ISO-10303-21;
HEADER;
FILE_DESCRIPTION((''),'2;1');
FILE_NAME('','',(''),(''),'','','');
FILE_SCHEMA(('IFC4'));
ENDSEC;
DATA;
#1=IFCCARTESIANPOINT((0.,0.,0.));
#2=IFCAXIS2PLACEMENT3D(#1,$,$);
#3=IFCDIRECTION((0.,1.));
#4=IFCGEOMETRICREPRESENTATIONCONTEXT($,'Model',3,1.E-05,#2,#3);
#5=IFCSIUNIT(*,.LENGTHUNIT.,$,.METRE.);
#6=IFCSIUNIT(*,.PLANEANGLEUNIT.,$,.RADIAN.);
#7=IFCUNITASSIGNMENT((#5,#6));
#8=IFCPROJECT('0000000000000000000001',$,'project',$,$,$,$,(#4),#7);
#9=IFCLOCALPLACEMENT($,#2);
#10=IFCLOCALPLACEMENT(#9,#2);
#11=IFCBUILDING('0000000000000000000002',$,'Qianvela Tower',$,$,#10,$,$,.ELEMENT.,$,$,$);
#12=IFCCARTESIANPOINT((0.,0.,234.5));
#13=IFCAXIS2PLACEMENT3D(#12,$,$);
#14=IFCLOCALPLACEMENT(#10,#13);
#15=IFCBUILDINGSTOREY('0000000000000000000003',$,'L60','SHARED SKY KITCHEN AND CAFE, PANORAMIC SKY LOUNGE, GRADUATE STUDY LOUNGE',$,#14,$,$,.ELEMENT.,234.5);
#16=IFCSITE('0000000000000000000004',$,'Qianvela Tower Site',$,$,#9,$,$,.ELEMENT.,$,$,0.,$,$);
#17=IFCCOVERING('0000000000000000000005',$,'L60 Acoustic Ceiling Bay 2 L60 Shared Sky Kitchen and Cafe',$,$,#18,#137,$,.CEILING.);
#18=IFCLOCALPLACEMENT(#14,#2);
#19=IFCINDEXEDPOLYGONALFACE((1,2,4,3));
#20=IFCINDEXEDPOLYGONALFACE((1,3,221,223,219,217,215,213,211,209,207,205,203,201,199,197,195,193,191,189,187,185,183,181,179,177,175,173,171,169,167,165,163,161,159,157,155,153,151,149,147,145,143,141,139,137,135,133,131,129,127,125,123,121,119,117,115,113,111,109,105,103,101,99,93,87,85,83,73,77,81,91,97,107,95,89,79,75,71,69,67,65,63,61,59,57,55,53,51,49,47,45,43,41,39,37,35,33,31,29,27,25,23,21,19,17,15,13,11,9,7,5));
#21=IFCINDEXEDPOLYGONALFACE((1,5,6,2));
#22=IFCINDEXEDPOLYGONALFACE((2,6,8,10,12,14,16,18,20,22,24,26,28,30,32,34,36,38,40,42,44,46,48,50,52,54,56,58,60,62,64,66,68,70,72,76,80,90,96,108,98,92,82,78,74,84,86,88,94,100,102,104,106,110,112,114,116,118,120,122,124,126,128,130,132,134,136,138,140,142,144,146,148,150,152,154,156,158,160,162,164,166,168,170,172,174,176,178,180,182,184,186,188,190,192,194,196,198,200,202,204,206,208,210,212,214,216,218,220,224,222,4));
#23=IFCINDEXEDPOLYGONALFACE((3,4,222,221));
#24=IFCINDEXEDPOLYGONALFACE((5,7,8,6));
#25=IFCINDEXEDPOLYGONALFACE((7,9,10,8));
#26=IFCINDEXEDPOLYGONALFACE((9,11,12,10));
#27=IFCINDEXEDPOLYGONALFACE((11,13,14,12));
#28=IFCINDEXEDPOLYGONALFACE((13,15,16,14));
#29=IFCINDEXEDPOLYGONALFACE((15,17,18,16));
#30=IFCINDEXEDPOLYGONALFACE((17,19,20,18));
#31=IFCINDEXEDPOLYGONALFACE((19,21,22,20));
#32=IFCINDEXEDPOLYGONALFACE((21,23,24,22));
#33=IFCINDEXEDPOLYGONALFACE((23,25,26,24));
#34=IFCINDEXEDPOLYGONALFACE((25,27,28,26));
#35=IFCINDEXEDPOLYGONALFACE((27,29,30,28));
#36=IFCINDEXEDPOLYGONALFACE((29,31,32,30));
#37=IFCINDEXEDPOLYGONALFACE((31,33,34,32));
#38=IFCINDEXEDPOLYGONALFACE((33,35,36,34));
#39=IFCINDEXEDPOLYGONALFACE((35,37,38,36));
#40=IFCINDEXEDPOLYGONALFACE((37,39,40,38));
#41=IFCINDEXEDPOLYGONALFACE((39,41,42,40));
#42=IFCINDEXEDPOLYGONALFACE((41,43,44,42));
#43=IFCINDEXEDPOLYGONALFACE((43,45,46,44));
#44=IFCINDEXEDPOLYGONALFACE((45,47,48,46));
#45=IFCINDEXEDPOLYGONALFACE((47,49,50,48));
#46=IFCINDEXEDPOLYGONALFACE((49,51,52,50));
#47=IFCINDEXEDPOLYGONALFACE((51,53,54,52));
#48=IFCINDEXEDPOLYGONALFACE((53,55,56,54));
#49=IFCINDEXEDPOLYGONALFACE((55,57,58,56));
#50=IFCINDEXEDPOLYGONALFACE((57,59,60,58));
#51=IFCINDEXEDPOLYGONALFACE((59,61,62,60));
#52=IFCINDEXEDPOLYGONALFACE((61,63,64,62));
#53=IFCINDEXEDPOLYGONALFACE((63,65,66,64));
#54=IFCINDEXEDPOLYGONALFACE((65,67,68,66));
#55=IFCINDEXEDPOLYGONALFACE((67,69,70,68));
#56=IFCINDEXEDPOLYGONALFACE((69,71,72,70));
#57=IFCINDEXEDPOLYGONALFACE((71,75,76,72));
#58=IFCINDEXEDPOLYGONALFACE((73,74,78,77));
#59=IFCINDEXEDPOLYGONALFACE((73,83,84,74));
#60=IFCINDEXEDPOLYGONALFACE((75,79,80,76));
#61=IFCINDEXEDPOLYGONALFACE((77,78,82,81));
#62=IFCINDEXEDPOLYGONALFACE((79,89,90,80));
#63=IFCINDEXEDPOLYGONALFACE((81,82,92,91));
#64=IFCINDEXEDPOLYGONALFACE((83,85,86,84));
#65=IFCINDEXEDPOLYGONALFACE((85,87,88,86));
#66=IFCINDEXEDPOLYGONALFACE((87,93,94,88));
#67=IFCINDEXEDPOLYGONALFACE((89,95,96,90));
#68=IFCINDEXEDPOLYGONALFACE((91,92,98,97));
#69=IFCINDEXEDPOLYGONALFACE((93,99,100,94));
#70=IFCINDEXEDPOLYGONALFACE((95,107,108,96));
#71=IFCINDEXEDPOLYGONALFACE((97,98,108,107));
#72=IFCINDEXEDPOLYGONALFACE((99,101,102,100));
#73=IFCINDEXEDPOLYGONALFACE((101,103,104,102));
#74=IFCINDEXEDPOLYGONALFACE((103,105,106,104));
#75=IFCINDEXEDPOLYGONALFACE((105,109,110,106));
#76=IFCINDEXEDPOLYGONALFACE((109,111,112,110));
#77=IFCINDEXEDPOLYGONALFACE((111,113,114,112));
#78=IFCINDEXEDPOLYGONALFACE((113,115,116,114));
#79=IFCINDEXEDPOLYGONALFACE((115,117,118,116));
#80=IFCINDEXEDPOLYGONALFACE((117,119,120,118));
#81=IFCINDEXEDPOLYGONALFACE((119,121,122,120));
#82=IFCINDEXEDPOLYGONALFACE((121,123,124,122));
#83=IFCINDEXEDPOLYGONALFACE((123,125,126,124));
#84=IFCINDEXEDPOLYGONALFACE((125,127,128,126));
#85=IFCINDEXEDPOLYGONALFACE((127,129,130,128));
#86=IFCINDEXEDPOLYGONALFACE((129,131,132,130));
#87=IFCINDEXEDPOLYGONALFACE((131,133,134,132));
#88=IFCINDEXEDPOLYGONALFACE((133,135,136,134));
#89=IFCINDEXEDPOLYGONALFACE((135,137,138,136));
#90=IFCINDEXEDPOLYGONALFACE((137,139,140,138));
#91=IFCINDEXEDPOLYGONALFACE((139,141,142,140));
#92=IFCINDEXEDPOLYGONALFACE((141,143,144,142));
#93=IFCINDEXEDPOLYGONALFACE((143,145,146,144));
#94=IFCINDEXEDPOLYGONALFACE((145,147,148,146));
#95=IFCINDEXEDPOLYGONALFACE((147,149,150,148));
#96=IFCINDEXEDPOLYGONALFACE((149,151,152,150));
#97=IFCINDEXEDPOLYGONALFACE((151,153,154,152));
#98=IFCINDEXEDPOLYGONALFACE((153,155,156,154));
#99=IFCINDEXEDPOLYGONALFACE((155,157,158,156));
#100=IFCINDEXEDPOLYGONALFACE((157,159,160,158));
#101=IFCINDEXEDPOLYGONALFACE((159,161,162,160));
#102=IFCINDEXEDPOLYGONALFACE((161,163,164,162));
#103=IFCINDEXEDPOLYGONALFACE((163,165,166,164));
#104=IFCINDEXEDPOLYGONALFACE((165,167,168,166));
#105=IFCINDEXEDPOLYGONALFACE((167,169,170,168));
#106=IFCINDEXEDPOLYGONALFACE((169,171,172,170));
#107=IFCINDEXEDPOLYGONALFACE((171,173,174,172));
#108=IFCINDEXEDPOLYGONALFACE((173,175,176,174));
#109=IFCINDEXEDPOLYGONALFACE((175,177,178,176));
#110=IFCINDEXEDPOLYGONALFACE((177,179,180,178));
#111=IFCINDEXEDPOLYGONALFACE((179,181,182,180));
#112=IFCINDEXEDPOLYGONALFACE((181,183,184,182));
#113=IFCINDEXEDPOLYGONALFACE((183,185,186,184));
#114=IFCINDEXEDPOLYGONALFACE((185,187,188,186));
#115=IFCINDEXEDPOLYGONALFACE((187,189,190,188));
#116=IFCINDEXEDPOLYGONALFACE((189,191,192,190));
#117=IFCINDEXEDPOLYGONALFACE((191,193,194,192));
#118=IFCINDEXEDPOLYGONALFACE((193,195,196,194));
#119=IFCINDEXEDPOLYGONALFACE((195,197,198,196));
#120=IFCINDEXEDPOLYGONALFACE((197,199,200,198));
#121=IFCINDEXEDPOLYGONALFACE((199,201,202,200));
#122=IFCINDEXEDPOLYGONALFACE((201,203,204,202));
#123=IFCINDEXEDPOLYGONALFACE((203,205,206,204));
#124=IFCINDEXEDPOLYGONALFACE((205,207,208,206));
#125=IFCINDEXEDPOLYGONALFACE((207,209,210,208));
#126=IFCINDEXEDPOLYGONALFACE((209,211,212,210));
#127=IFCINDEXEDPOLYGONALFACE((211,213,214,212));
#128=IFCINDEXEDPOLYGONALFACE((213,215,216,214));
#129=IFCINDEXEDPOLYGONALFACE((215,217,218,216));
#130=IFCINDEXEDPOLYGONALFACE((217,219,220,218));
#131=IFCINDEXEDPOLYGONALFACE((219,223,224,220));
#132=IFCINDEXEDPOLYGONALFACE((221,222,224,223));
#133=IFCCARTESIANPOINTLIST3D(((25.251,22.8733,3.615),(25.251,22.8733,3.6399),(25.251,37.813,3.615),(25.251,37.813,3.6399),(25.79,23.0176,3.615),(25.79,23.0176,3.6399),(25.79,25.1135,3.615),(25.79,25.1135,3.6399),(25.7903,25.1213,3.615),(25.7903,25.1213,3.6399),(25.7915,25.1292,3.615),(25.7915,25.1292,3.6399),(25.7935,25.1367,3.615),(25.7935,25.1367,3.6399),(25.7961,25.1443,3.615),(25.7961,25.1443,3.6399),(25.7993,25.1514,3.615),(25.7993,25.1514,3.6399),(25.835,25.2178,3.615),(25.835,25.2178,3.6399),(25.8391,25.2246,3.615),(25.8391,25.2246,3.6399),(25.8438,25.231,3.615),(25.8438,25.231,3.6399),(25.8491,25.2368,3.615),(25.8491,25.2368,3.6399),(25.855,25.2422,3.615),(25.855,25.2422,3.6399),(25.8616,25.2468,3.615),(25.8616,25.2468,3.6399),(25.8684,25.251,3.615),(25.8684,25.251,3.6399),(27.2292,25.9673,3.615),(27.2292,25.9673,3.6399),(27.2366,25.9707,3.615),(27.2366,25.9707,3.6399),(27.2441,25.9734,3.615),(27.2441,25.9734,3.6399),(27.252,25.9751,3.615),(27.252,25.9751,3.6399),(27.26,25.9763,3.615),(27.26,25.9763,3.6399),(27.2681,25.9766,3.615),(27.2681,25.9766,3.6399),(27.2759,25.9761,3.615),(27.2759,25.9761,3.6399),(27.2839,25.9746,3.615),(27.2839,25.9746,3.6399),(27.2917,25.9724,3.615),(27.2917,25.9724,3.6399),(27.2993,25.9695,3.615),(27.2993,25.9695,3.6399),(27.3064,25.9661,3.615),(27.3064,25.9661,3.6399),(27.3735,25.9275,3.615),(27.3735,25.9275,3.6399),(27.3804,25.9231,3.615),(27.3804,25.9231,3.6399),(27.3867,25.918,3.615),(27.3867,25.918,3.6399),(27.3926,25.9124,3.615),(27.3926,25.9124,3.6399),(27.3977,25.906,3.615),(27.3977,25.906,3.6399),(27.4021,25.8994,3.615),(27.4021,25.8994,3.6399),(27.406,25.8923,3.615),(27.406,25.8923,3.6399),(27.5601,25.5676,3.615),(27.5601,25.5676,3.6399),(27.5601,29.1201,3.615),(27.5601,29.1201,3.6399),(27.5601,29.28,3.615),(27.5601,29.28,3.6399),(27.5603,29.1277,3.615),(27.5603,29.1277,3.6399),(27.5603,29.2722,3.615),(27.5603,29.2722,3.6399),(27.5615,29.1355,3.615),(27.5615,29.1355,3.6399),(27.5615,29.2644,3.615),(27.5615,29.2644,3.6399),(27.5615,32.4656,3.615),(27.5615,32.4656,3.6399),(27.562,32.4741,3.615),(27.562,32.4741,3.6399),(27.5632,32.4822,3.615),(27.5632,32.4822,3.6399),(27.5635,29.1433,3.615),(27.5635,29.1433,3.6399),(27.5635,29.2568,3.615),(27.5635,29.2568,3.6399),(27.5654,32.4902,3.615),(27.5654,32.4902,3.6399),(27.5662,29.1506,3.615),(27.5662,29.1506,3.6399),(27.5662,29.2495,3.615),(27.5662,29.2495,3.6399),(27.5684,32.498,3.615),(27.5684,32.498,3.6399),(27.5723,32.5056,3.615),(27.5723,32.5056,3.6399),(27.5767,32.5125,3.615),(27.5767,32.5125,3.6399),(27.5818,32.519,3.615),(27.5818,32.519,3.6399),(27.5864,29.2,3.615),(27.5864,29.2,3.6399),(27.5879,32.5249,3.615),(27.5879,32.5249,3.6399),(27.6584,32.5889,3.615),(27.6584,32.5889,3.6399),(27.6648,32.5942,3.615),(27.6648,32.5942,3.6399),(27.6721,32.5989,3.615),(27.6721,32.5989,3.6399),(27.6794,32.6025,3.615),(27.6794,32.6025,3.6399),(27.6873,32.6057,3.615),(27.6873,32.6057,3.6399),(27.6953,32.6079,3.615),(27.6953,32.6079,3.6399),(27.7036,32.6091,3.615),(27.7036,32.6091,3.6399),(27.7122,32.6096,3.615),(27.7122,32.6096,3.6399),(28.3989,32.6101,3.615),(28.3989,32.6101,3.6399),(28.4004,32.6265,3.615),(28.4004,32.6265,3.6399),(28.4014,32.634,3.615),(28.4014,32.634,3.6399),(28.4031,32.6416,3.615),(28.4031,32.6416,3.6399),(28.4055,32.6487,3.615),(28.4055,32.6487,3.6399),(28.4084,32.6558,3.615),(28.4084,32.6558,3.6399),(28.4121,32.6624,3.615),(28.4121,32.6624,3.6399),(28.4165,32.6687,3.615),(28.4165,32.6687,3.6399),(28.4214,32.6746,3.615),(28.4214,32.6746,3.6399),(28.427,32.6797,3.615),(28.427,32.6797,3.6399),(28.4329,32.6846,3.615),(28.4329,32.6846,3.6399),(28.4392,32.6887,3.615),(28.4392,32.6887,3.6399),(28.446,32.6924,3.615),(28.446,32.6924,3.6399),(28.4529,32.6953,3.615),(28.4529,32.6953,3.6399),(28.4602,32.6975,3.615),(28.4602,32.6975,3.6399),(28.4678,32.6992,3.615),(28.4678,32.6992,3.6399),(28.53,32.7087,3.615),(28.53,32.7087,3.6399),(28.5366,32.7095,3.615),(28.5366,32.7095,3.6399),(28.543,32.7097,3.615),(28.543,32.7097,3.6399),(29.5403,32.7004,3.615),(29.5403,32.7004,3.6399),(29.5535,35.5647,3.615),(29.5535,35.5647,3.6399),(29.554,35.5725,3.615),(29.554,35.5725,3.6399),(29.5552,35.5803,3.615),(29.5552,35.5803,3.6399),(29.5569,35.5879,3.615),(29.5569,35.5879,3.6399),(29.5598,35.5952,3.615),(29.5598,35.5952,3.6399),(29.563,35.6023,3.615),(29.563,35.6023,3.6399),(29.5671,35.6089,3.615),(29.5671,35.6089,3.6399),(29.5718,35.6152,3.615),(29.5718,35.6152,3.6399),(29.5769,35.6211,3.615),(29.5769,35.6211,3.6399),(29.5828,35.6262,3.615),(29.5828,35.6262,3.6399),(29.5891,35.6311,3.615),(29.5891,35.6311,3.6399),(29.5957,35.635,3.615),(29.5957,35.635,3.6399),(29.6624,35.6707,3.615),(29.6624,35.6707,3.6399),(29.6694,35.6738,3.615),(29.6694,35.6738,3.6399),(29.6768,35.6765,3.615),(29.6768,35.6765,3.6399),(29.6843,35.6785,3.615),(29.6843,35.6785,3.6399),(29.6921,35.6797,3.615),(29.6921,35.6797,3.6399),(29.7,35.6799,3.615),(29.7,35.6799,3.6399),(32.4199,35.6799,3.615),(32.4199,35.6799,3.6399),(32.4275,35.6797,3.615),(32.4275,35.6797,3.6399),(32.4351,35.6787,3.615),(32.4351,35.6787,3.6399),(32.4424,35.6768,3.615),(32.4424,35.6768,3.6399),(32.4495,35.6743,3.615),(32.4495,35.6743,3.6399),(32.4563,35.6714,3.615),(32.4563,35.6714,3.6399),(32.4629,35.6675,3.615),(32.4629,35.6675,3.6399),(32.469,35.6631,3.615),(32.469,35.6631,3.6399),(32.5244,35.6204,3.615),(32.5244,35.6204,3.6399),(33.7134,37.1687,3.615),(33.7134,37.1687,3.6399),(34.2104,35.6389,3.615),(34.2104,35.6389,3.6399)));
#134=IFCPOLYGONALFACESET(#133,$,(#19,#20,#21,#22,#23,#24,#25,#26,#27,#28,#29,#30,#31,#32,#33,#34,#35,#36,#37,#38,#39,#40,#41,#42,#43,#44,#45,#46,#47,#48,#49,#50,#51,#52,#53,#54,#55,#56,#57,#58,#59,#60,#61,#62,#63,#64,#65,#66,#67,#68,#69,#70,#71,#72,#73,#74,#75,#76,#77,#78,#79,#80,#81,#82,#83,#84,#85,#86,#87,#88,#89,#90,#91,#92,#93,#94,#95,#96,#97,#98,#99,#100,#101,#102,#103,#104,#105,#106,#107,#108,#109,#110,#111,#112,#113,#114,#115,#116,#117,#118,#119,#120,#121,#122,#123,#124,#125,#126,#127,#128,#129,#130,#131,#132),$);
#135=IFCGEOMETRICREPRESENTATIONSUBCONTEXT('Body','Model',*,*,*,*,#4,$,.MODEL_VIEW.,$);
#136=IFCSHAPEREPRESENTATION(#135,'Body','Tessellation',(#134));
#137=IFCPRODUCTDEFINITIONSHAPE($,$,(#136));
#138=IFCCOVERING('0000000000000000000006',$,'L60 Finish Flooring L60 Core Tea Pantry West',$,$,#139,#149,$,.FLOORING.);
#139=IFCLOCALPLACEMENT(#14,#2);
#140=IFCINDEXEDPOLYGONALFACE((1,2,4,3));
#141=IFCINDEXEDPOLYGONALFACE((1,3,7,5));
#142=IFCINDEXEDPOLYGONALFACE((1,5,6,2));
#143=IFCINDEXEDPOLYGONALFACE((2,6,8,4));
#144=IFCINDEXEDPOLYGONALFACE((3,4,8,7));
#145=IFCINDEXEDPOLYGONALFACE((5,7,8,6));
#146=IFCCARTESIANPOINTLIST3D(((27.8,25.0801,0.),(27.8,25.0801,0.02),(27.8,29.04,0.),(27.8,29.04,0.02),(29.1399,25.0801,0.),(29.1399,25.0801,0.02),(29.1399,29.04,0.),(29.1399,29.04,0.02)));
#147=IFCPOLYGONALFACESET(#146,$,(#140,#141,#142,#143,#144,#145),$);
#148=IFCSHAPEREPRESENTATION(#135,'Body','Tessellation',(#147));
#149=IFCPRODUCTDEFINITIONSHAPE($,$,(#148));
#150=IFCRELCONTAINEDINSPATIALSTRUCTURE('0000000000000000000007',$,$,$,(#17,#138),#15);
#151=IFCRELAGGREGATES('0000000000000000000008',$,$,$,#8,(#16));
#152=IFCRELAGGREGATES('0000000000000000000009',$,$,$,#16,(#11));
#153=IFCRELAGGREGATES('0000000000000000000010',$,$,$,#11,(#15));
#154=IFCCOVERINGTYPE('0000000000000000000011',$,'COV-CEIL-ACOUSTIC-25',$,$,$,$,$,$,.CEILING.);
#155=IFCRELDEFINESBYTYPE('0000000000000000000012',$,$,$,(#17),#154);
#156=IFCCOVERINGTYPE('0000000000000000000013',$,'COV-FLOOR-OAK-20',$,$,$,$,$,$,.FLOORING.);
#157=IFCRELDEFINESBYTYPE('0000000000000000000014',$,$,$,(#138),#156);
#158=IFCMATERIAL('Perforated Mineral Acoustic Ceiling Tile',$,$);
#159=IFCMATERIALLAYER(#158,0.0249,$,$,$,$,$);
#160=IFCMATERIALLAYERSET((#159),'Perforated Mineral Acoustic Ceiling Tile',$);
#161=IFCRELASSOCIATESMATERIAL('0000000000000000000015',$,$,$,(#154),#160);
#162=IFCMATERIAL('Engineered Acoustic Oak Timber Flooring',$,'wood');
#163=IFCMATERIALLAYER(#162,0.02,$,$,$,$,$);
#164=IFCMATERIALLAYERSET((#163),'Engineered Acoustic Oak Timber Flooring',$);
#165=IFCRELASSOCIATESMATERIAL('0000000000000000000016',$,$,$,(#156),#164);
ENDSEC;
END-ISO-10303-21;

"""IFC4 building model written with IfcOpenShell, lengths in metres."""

from ifc_helpers import new_model, si_unit, direction, frame, origin, place, context, subcontext, project, spatial, polyline, outline, extrude, material, layer, layer_set, type_object, element, save


model = new_model("IFC4")

# Units and contexts
model_context = context("Model", 3, precision=1e-05, world=origin(), true_north=direction((0.0, 1.0)))
body_context = subcontext(model_context, "Body", "Model", "MODEL_VIEW")
ifc_project = project(units=[si_unit("LENGTHUNIT", "METRE"), si_unit("PLANEANGLEUNIT", "RADIAN")], contexts=[model_context])

# Site, building, storey
site_placement = place(None, origin())
site = spatial("IfcSite", under=ifc_project, at=site_placement, Name="Qianvela Tower Site", CompositionType="ELEMENT", RefElevation=0.0)
building_placement = place(site_placement, origin())
building = spatial("IfcBuilding", under=site, at=building_placement, Name="Qianvela Tower", CompositionType="ELEMENT")
storey_placement = place(building_placement, frame((0.0, 0.0, 234.5)))
storey = spatial("IfcBuildingStorey", under=building, at=storey_placement, Name="L60", Description="SHARED SKY KITCHEN AND CAFE, PANORAMIC SKY LOUNGE, GRADUATE STUDY LOUNGE", CompositionType="ELEMENT", Elevation=234.5)

# Coverings
ifc_material_1 = material(Name="Perforated Mineral Acoustic Ceiling Tile")
ifc_layer_1 = layer(ifc_material_1, 0.0249)
ifc_layer_set_1 = layer_set([ifc_layer_1], Name="Perforated Mineral Acoustic Ceiling Tile")
covering_type_1 = type_object("IfcCoveringType", Name="COV-CEIL-ACOUSTIC-25", PredefinedType="CEILING", material=ifc_layer_set_1)
covering_1_placement = place(storey_placement, frame((0.0, 0.0, 3.615)))
element("IfcCovering", 1, at=covering_1_placement, inside=storey, type_object=covering_type_1, Name="L60 Acoustic Ceiling Bay 2 L60 Shared Sky Kitchen and Cafe", PredefinedType="CEILING", context=body_context, shape_type="SweptSolid", body=[
    extrude(outline(polyline([(27.5662, 29.1506), (27.5635, 29.1433), (27.5615, 29.1355), (27.5603, 29.1277), (27.5601, 29.1201), (27.5601, 25.5676), (27.406, 25.8923), (27.4021, 25.8994), (27.3977, 25.906), (27.3926, 25.9124), (27.3867, 25.918), (27.3804, 25.9231), (27.3735, 25.9275), (27.3064, 25.9661), (27.2993, 25.9695), (27.2917, 25.9724), (27.2839, 25.9746), (27.2759, 25.9761), (27.2681, 25.9766), (27.26, 25.9763), (27.252, 25.9751), (27.2441, 25.9734), (27.2366, 25.9707), (27.2292, 25.9673), (25.8684, 25.251), (25.8616, 25.2468), (25.855, 25.2422), (25.8491, 25.2368), (25.8438, 25.231), (25.8391, 25.2246), (25.835, 25.2178), (25.7993, 25.1514), (25.7961, 25.1443), (25.7935, 25.1367), (25.7915, 25.1292), (25.7903, 25.1213), (25.79, 25.1135), (25.79, 23.0176), (25.251, 22.8733), (25.251, 37.813), (33.7134, 37.1687), (34.2104, 35.6389), (32.5244, 35.6204), (32.469, 35.6631), (32.4629, 35.6675), (32.4563, 35.6714), (32.4495, 35.6743), (32.4424, 35.6768), (32.4351, 35.6787), (32.4275, 35.6797), (32.4199, 35.6799), (29.7, 35.6799), (29.6921, 35.6797), (29.6843, 35.6785), (29.6768, 35.6765), (29.6694, 35.6738), (29.6624, 35.6707), (29.5957, 35.635), (29.5891, 35.6311), (29.5828, 35.6262), (29.5769, 35.6211), (29.5718, 35.6152), (29.5671, 35.6089), (29.563, 35.6023), (29.5598, 35.5952), (29.5569, 35.5879), (29.5552, 35.5803), (29.554, 35.5725), (29.5535, 35.5647), (29.5403, 32.7004), (28.543, 32.7097), (28.5366, 32.7095), (28.53, 32.7087), (28.4678, 32.6992), (28.4602, 32.6975), (28.4529, 32.6953), (28.446, 32.6924), (28.4392, 32.6887), (28.4329, 32.6846), (28.427, 32.6797), (28.4214, 32.6746), (28.4165, 32.6687), (28.4121, 32.6624), (28.4084, 32.6558), (28.4055, 32.6487), (28.4031, 32.6416), (28.4014, 32.634), (28.4004, 32.6265), (28.3989, 32.6101), (27.7122, 32.6096), (27.7036, 32.6091), (27.6953, 32.6079), (27.6873, 32.6057), (27.6794, 32.6025), (27.6721, 32.5989), (27.6648, 32.5942), (27.6584, 32.5889), (27.5879, 32.5249), (27.5818, 32.519), (27.5767, 32.5125), (27.5723, 32.5056), (27.5684, 32.498), (27.5654, 32.4902), (27.5632, 32.4822), (27.562, 32.4741), (27.5615, 32.4656), (27.5601, 29.28), (27.5603, 29.2722), (27.5615, 29.2644), (27.5635, 29.2568), (27.5662, 29.2495), (27.5864, 29.2), (27.5662, 29.1506)])), origin(), (0.0, 0.0, 1.0), 0.0249),
])
ifc_material_2 = material(Name="Engineered Acoustic Oak Timber Flooring", Category="wood")
ifc_layer_2 = layer(ifc_material_2, 0.02)
ifc_layer_set_2 = layer_set([ifc_layer_2], Name="Engineered Acoustic Oak Timber Flooring")
covering_type_2 = type_object("IfcCoveringType", Name="COV-FLOOR-OAK-20", PredefinedType="FLOORING", material=ifc_layer_set_2)
covering_2_placement = place(storey_placement, origin())
element("IfcCovering", 2, at=covering_2_placement, inside=storey, type_object=covering_type_2, Name="L60 Finish Flooring L60 Core Tea Pantry West", PredefinedType="FLOORING", context=body_context, shape_type="SweptSolid", body=[
    extrude(outline(polyline([(27.8, 25.0801), (27.8, 29.04), (29.1399, 29.04), (29.1399, 25.0801), (27.8, 25.0801)])), origin(), (0.0, 0.0, 1.0), 0.02),
])

save(model, "model.ifc")
